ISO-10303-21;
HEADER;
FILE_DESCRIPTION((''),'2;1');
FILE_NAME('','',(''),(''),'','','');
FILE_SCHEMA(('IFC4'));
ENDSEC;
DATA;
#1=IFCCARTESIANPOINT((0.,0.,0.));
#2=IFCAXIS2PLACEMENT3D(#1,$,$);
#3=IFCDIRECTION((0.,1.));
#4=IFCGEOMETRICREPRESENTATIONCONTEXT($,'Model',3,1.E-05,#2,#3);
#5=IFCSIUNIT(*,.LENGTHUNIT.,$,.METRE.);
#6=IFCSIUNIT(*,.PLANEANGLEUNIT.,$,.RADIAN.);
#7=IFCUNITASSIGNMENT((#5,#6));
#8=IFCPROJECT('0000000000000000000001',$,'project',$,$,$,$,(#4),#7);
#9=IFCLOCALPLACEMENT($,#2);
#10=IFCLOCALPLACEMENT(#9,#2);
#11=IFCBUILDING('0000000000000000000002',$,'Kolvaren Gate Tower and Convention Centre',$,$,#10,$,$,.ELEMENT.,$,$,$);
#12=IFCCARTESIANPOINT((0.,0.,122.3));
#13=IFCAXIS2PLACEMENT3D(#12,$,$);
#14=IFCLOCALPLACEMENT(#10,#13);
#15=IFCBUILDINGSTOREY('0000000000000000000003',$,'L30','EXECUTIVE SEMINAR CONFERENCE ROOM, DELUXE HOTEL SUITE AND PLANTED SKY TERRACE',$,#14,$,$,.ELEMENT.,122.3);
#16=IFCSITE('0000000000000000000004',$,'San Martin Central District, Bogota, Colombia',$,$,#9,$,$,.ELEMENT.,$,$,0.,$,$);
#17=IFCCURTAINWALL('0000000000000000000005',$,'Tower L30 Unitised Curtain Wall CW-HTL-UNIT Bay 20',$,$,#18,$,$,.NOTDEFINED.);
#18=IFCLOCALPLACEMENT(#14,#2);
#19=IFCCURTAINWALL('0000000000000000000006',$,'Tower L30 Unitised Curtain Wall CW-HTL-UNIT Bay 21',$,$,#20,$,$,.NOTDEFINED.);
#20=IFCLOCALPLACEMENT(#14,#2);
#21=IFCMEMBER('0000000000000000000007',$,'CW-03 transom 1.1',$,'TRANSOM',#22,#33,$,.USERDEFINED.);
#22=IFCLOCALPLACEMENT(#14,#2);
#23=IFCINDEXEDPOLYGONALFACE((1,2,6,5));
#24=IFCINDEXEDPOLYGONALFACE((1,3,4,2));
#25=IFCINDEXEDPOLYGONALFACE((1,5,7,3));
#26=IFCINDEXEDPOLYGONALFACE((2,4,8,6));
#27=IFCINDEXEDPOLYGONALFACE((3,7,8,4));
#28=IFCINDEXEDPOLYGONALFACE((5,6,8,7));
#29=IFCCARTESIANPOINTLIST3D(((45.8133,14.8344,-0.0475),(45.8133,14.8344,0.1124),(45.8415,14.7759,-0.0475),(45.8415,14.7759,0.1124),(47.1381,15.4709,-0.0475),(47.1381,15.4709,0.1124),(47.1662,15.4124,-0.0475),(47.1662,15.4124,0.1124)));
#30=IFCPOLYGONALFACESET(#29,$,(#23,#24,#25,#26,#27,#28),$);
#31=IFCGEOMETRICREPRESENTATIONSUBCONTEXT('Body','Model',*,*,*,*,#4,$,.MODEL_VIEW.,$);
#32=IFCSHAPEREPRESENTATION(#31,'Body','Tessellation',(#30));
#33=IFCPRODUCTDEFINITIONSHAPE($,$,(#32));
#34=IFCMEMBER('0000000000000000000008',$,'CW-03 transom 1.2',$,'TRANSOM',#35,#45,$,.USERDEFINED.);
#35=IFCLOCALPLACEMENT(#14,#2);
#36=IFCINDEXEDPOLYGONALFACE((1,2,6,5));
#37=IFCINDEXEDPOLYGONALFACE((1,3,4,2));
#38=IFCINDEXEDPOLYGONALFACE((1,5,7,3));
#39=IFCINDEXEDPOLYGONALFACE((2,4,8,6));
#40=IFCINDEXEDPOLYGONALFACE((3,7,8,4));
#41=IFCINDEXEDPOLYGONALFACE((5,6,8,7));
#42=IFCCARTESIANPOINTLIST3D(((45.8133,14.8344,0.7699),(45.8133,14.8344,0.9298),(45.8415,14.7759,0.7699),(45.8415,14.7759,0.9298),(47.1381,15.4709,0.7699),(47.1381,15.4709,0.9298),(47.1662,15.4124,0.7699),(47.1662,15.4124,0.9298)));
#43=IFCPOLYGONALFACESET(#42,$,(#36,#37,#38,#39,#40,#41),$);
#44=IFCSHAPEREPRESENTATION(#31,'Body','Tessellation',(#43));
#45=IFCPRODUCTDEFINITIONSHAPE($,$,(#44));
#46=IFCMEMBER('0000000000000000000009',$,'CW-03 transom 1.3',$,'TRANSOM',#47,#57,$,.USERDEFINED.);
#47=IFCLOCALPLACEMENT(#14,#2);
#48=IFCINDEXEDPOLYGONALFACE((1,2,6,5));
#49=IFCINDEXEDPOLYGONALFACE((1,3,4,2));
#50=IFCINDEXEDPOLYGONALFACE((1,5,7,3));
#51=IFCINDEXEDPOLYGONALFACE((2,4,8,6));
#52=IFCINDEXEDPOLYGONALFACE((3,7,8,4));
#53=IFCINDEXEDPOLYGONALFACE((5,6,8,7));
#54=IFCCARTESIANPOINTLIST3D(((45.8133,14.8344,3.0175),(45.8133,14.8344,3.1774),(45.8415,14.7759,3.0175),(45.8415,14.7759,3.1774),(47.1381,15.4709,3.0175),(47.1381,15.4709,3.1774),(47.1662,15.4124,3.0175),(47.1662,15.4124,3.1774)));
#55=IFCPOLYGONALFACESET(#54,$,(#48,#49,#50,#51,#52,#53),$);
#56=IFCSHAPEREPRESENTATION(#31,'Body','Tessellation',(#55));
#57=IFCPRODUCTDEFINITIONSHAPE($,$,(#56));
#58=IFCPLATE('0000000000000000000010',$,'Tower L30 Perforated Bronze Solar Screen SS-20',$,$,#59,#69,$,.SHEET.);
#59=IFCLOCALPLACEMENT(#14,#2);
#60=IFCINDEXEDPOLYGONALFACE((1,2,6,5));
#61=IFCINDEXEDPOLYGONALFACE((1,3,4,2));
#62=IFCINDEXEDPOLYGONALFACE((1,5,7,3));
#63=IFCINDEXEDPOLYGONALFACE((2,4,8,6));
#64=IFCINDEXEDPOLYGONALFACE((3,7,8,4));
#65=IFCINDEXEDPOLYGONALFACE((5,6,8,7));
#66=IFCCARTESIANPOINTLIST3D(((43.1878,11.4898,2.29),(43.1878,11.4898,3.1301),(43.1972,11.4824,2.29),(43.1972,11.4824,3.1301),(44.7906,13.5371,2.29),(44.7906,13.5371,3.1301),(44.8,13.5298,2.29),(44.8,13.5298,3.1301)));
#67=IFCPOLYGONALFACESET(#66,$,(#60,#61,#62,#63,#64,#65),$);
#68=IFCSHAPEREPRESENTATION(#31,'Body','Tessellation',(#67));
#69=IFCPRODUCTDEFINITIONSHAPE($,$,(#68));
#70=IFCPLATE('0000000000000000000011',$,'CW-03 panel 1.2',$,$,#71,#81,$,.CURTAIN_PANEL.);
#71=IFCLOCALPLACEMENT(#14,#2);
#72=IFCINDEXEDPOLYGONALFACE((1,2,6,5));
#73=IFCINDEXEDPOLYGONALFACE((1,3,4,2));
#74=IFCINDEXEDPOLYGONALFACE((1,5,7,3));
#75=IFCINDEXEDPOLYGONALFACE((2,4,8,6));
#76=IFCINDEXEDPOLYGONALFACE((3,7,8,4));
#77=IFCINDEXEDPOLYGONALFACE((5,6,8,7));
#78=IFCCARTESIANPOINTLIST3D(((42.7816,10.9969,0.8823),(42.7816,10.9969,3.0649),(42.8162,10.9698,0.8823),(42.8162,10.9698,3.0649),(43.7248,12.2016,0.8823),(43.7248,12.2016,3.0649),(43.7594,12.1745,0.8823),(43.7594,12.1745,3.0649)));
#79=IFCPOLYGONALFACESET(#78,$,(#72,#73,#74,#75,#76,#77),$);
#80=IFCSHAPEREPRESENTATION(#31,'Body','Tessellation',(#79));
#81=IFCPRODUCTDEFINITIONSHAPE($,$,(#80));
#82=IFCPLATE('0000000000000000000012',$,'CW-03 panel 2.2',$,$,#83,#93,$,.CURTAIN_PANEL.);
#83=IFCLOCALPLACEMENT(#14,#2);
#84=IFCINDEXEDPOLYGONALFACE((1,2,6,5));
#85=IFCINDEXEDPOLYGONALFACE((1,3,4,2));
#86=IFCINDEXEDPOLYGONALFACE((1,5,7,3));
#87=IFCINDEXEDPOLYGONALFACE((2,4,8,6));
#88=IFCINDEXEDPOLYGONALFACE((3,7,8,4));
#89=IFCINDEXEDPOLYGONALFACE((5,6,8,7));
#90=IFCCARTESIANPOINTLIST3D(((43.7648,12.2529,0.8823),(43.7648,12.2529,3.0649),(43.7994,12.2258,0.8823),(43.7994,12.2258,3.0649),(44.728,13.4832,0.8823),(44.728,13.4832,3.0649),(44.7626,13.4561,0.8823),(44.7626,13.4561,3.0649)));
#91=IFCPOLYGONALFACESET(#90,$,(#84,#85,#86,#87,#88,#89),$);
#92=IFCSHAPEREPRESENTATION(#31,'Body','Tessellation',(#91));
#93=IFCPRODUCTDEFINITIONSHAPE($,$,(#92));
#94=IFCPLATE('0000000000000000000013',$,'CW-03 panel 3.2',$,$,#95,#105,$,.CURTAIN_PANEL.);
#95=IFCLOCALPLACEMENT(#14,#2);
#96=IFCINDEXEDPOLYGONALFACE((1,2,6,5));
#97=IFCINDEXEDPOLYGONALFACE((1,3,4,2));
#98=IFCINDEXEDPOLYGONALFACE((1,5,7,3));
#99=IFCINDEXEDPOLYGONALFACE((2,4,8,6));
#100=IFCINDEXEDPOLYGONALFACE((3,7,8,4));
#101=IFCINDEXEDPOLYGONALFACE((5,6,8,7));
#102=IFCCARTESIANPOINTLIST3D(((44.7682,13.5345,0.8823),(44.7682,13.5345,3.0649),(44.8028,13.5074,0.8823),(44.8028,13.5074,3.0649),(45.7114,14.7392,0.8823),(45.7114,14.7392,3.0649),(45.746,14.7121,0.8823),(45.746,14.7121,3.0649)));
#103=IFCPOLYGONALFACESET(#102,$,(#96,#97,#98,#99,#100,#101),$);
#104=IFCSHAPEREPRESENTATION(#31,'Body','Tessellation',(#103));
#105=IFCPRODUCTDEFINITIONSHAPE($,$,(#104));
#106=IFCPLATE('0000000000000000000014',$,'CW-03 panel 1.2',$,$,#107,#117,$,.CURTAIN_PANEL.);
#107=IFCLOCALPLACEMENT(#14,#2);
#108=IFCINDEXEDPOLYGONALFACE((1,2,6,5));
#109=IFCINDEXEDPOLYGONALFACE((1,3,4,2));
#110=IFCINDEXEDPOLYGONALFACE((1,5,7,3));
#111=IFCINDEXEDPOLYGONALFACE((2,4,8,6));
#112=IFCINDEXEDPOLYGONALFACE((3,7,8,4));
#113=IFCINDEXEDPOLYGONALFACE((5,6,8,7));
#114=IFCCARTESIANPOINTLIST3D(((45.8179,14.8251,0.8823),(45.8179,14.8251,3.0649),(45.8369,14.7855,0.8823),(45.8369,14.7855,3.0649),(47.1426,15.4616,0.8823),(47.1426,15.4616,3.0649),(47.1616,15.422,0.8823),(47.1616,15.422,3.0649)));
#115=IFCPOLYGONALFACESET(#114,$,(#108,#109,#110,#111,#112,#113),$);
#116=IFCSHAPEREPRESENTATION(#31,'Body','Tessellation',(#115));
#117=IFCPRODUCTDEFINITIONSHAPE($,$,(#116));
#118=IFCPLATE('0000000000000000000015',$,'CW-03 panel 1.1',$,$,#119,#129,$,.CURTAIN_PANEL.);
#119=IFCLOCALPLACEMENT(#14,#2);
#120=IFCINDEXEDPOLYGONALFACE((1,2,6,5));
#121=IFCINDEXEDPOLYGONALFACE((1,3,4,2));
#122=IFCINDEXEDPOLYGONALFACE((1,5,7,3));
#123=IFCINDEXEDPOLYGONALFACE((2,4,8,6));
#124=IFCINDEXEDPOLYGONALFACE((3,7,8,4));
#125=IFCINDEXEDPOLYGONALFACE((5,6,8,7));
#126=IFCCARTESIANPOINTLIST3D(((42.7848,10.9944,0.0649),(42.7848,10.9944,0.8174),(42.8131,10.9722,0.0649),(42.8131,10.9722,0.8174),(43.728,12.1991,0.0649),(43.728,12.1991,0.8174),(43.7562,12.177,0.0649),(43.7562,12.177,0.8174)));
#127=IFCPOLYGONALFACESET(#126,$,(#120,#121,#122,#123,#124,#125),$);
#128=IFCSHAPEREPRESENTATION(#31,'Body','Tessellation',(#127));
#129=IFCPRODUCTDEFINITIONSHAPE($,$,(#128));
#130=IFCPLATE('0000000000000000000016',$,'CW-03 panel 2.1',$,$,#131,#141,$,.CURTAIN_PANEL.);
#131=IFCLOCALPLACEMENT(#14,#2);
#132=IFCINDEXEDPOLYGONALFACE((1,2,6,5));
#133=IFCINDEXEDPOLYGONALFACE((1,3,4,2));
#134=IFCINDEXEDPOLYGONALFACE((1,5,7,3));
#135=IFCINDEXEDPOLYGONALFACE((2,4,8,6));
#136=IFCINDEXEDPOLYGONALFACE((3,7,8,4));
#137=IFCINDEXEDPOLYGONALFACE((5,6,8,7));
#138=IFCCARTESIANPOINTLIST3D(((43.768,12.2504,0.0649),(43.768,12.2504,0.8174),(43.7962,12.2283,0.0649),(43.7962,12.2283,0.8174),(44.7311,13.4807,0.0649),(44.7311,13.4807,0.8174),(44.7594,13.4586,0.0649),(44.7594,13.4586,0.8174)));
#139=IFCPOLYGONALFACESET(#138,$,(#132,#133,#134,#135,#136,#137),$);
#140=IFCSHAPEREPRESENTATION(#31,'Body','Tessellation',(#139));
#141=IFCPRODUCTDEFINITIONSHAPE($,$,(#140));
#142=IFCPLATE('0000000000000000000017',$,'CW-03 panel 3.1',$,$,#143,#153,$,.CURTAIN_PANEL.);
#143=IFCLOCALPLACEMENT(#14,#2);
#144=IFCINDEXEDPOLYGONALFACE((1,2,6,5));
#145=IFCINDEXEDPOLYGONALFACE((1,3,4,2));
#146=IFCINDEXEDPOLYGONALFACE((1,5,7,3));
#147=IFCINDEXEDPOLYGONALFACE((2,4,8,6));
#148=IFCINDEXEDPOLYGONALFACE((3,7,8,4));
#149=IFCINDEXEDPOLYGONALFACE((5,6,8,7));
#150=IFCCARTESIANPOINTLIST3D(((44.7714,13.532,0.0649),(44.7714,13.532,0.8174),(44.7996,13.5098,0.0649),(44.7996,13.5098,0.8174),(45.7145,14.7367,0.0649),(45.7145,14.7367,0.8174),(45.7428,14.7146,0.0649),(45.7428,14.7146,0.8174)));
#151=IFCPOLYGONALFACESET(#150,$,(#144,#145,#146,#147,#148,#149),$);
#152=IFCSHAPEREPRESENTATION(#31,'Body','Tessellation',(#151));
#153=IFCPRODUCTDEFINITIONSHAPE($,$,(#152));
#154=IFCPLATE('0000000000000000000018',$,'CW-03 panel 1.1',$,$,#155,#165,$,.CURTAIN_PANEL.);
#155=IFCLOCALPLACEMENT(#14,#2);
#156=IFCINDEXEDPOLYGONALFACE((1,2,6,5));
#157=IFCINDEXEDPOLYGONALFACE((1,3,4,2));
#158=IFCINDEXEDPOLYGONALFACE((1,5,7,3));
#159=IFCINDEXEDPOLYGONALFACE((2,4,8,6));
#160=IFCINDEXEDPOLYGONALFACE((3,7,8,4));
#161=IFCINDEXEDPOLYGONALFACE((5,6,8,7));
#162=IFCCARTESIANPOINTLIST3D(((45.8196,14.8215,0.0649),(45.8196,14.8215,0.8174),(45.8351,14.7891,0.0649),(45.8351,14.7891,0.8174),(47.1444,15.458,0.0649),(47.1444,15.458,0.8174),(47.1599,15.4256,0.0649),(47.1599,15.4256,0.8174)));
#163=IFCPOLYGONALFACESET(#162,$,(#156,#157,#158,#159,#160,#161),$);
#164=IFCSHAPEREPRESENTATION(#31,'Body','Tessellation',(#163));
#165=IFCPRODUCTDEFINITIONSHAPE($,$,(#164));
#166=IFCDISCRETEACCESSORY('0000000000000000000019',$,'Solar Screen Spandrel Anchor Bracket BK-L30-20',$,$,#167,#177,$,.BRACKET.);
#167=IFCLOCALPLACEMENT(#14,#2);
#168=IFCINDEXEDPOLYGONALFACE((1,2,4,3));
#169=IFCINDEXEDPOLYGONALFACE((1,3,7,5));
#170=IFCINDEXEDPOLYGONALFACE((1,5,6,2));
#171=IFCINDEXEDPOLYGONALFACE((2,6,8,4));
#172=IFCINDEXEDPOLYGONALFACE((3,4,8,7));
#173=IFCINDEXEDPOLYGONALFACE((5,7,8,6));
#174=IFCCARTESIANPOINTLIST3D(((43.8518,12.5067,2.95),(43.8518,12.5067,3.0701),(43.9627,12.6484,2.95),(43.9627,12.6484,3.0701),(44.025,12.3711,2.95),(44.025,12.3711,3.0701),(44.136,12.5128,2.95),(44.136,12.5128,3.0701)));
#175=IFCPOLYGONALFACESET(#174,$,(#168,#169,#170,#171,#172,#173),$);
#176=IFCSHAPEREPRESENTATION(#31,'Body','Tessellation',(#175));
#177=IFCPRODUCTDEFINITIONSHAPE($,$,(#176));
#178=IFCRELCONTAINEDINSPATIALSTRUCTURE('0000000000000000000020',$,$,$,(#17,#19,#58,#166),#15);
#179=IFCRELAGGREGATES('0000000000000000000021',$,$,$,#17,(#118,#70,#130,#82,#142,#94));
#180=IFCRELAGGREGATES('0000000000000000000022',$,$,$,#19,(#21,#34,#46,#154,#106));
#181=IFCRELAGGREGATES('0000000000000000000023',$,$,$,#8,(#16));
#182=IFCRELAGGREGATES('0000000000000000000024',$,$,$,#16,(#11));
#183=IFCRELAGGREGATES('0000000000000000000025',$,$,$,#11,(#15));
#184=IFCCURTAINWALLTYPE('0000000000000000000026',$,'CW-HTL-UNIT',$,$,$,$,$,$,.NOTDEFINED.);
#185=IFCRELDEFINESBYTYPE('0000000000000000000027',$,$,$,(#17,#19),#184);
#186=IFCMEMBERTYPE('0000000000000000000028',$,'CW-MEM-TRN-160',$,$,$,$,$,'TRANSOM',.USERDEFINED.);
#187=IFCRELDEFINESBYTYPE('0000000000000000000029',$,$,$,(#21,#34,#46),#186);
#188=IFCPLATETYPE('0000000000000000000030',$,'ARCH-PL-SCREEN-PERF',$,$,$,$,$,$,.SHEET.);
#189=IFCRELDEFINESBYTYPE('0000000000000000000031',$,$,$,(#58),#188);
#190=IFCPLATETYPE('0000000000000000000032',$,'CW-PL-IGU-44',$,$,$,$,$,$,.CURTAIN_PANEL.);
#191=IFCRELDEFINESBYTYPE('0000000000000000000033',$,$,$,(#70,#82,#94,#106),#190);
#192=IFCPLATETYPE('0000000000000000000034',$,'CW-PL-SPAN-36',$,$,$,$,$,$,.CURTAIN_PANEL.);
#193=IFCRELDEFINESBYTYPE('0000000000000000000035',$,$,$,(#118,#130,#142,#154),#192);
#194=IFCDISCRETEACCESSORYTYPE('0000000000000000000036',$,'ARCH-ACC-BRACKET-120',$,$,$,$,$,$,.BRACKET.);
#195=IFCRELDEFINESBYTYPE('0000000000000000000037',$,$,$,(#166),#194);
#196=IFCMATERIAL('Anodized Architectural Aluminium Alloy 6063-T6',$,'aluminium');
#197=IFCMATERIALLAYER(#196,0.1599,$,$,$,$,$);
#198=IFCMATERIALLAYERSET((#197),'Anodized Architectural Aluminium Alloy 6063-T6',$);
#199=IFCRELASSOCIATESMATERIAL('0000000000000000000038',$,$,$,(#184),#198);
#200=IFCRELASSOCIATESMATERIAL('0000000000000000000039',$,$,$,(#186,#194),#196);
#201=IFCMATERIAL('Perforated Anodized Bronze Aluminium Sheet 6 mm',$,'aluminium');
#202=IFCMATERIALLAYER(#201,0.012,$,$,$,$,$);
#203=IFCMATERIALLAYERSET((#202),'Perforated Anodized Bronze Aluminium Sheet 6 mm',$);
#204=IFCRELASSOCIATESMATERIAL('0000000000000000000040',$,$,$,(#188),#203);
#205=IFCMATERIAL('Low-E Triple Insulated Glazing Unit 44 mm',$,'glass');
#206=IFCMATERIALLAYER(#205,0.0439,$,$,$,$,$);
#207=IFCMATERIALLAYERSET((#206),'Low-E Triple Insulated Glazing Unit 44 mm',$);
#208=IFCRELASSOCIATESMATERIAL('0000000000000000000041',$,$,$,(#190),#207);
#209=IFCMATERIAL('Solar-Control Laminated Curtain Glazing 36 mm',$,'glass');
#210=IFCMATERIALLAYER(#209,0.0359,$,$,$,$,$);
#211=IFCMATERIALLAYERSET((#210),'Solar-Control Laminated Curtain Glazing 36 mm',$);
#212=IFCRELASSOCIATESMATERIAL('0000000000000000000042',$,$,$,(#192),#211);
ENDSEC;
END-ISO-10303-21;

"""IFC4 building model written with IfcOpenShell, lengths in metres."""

from ifc_helpers import new_model, si_unit, direction, frame, origin, origin_2d, place, context, subcontext, project, spatial, rectangle, extrude, material, layer, layer_set, material_profile, profile_set, type_object, element, aggregate, save


model = new_model("IFC4")

# Units and contexts
model_context = context("Model", 3, precision=1e-05, world=origin(), true_north=direction((0.0, 1.0)))
body_context = subcontext(model_context, "Body", "Model", "MODEL_VIEW")
ifc_project = project(units=[si_unit("LENGTHUNIT", "METRE"), si_unit("PLANEANGLEUNIT", "RADIAN")], contexts=[model_context])

# Site, building, storey
site_placement = place(None, origin())
site = spatial("IfcSite", under=ifc_project, at=site_placement, Name="San Martin Central District, Bogota, Colombia", CompositionType="ELEMENT", RefElevation=0.0)
building_placement = place(site_placement, origin())
building = spatial("IfcBuilding", under=site, at=building_placement, Name="Kolvaren Gate Tower and Convention Centre", CompositionType="ELEMENT")
storey_placement = place(building_placement, frame((0.0, 0.0, 122.3)))
storey = spatial("IfcBuildingStorey", under=building, at=storey_placement, Name="L30", Description="EXECUTIVE SEMINAR CONFERENCE ROOM, DELUXE HOTEL SUITE AND PLANTED SKY TERRACE", CompositionType="ELEMENT", Elevation=122.3)

# Curtain wall
ifc_material_1 = material(Name="Anodized Architectural Aluminium Alloy 6063-T6", Category="aluminium")
ifc_layer_1 = layer(ifc_material_1, 0.1599)
ifc_layer_set_1 = layer_set([ifc_layer_1], Name="Anodized Architectural Aluminium Alloy 6063-T6")
curtain_wall_type = type_object("IfcCurtainWallType", Name="CW-HTL-UNIT", PredefinedType="NOTDEFINED", material=ifc_layer_set_1)
curtain_wall_1_placement = place(storey_placement, origin())
curtain_wall_1 = element("IfcCurtainWall", 1, at=curtain_wall_1_placement, inside=storey, type_object=curtain_wall_type, Name="Tower L30 Unitised Curtain Wall CW-HTL-UNIT Bay 20", PredefinedType="NOTDEFINED")

# Curtain wall
curtain_wall_2_placement = place(storey_placement, origin())
curtain_wall_2 = element("IfcCurtainWall", 2, at=curtain_wall_2_placement, inside=storey, type_object=curtain_wall_type, Name="Tower L30 Unitised Curtain Wall CW-HTL-UNIT Bay 21", PredefinedType="NOTDEFINED")

# Members
ifc_material_profile_1 = material_profile(ifc_material_1, rectangle(XDim=0.0649, YDim=0.1599, at=origin_2d()), Name="CW-MEM-TRN-160")
ifc_profile_set_1 = profile_set([ifc_material_profile_1], Name="Anodized Architectural Aluminium Alloy 6063-T6")
member_type_1 = type_object("IfcMemberType", Name="CW-MEM-TRN-160", ElementType="TRANSOM", PredefinedType="USERDEFINED", material=ifc_profile_set_1)
member_1_placement = place(storey_placement, frame((45.8274, 14.8052, 0.0325), z_axis=(0.90136, 0.433071, 0.0), x_axis=(-0.433071, 0.90136, 0.0)))
member_1 = element("IfcMember", 3, at=member_1_placement, type_object=member_type_1, Name="CW-03 transom 1.1", ObjectType="TRANSOM", PredefinedType="USERDEFINED", context=body_context, shape_type="SweptSolid", body=[
    extrude(rectangle(XDim=0.0649, YDim=0.1599, at=origin_2d()), origin(), (0.0, 0.0, 1.0), 1.4697),
])
member_2_placement = place(storey_placement, frame((45.8274, 14.8052, 0.8499), z_axis=(0.90136, 0.433071, 0.0), x_axis=(-0.433071, 0.90136, 0.0)))
member_2 = element("IfcMember", 4, at=member_2_placement, type_object=member_type_1, Name="CW-03 transom 1.2", ObjectType="TRANSOM", PredefinedType="USERDEFINED", context=body_context, shape_type="SweptSolid", body=[
    extrude(rectangle(XDim=0.0649, YDim=0.1599, at=origin_2d()), origin(), (0.0, 0.0, 1.0), 1.4697),
])
member_3_placement = place(storey_placement, frame((45.8274, 14.8052, 3.0974), z_axis=(0.90136, 0.433071, 0.0), x_axis=(-0.433071, 0.90136, 0.0)))
member_3 = element("IfcMember", 5, at=member_3_placement, type_object=member_type_1, Name="CW-03 transom 1.3", ObjectType="TRANSOM", PredefinedType="USERDEFINED", context=body_context, shape_type="SweptSolid", body=[
    extrude(rectangle(XDim=0.0649, YDim=0.1599, at=origin_2d()), origin(), (0.0, 0.0, 1.0), 1.4697),
])

# Plates
ifc_material_2 = material(Name="Perforated Anodized Bronze Aluminium Sheet 6 mm", Category="aluminium")
ifc_layer_2 = layer(ifc_material_2, 0.012)
ifc_layer_set_2 = layer_set([ifc_layer_2], Name="Perforated Anodized Bronze Aluminium Sheet 6 mm")
plate_type_1 = type_object("IfcPlateType", Name="ARCH-PL-SCREEN-PERF", PredefinedType="SHEET", material=ifc_layer_set_2)
plate_1_placement = place(storey_placement, frame((43.9939, 12.5098, 2.29), z_axis=(0.0, 0.0, 1.0), x_axis=(0.616424, 0.787414, 0.0)))
element("IfcPlate", 6, at=plate_1_placement, inside=storey, type_object=plate_type_1, Name="Tower L30 Perforated Bronze Solar Screen SS-20", PredefinedType="SHEET", context=body_context, shape_type="SweptSolid", body=[
    extrude(rectangle(XDim=2.6001, YDim=0.012, at=origin_2d()), origin(), (0.0, 0.0, 1.0), 0.8401),
])
ifc_material_3 = material(Name="Low-E Triple Insulated Glazing Unit 44 mm", Category="glass")
ifc_layer_3 = layer(ifc_material_3, 0.0439)
ifc_layer_set_3 = layer_set([ifc_layer_3], Name="Low-E Triple Insulated Glazing Unit 44 mm")
plate_type_2 = type_object("IfcPlateType", Name="CW-PL-IGU-44", PredefinedType="CURTAIN_PANEL", material=ifc_layer_set_3)
plate_2_placement = place(storey_placement, frame((43.2705, 11.5857, 0.8823), z_axis=(0.0, 0.0, 1.0), x_axis=(0.616426, 0.787413, 0.0)))
plate_2 = element("IfcPlate", 7, at=plate_2_placement, type_object=plate_type_2, Name="CW-03 panel 1.2", PredefinedType="CURTAIN_PANEL", context=body_context, shape_type="SweptSolid", body=[
    extrude(rectangle(XDim=1.53, YDim=0.0439, at=origin_2d()), origin(), (0.0, 0.0, 1.0), 2.1826),
])
plate_3_placement = place(storey_placement, frame((44.2637, 12.8545, 0.8823), z_axis=(0.0, 0.0, 1.0), x_axis=(0.616426, 0.787413, 0.0)))
plate_3 = element("IfcPlate", 8, at=plate_3_placement, type_object=plate_type_2, Name="CW-03 panel 2.2", PredefinedType="CURTAIN_PANEL", context=body_context, shape_type="SweptSolid", body=[
    extrude(rectangle(XDim=1.5625, YDim=0.0439, at=origin_2d()), origin(), (0.0, 0.0, 1.0), 2.1826),
])
plate_4_placement = place(storey_placement, frame((45.2571, 14.1233, 0.8823), z_axis=(0.0, 0.0, 1.0), x_axis=(0.616426, 0.787413, 0.0)))
plate_4 = element("IfcPlate", 9, at=plate_4_placement, type_object=plate_type_2, Name="CW-03 panel 3.2", PredefinedType="CURTAIN_PANEL", context=body_context, shape_type="SweptSolid", body=[
    extrude(rectangle(XDim=1.53, YDim=0.0439, at=origin_2d()), origin(), (0.0, 0.0, 1.0), 2.1826),
])
plate_5_placement = place(storey_placement, frame((46.4897, 15.1235, 0.8823), z_axis=(0.0, 0.0, 1.0), x_axis=(0.90136, 0.433071, 0.0)))
plate_5 = element("IfcPlate", 10, at=plate_5_placement, type_object=plate_type_2, Name="CW-03 panel 1.2", PredefinedType="CURTAIN_PANEL", context=body_context, shape_type="SweptSolid", body=[
    extrude(rectangle(XDim=1.4697, YDim=0.0439, at=origin_2d()), origin(), (0.0, 0.0, 1.0), 2.1826),
])
ifc_material_4 = material(Name="Solar-Control Laminated Curtain Glazing 36 mm", Category="glass")
ifc_layer_4 = layer(ifc_material_4, 0.0359)
ifc_layer_set_4 = layer_set([ifc_layer_4], Name="Solar-Control Laminated Curtain Glazing 36 mm")
plate_type_3 = type_object("IfcPlateType", Name="CW-PL-SPAN-36", PredefinedType="CURTAIN_PANEL", material=ifc_layer_set_4)
plate_6_placement = place(storey_placement, frame((43.2705, 11.5857, 0.0649), z_axis=(0.0, 0.0, 1.0), x_axis=(0.616426, 0.787413, 0.0)))
plate_6 = element("IfcPlate", 11, at=plate_6_placement, type_object=plate_type_3, Name="CW-03 panel 1.1", PredefinedType="CURTAIN_PANEL", context=body_context, shape_type="SweptSolid", body=[
    extrude(rectangle(XDim=1.53, YDim=0.0359, at=origin_2d()), origin(), (0.0, 0.0, 1.0), 0.7524),
])
plate_7_placement = place(storey_placement, frame((44.2637, 12.8545, 0.0649), z_axis=(0.0, 0.0, 1.0), x_axis=(0.616426, 0.787413, 0.0)))
plate_7 = element("IfcPlate", 12, at=plate_7_placement, type_object=plate_type_3, Name="CW-03 panel 2.1", PredefinedType="CURTAIN_PANEL", context=body_context, shape_type="SweptSolid", body=[
    extrude(rectangle(XDim=1.5625, YDim=0.0359, at=origin_2d()), origin(), (0.0, 0.0, 1.0), 0.7524),
])
plate_8_placement = place(storey_placement, frame((45.2571, 14.1233, 0.0649), z_axis=(0.0, 0.0, 1.0), x_axis=(0.616426, 0.787413, 0.0)))
plate_8 = element("IfcPlate", 13, at=plate_8_placement, type_object=plate_type_3, Name="CW-03 panel 3.1", PredefinedType="CURTAIN_PANEL", context=body_context, shape_type="SweptSolid", body=[
    extrude(rectangle(XDim=1.53, YDim=0.0359, at=origin_2d()), origin(), (0.0, 0.0, 1.0), 0.7524),
])
aggregate(curtain_wall_1, [plate_6, plate_2, plate_7, plate_3, plate_8, plate_4])
plate_9_placement = place(storey_placement, frame((46.4897, 15.1235, 0.0649), z_axis=(0.0, 0.0, 1.0), x_axis=(0.90136, 0.433071, 0.0)))
plate_9 = element("IfcPlate", 14, at=plate_9_placement, type_object=plate_type_3, Name="CW-03 panel 1.1", PredefinedType="CURTAIN_PANEL", context=body_context, shape_type="SweptSolid", body=[
    extrude(rectangle(XDim=1.4697, YDim=0.0359, at=origin_2d()), origin(), (0.0, 0.0, 1.0), 0.7524),
])
aggregate(curtain_wall_2, [member_1, member_2, member_3, plate_9, plate_5])

# Discrete accessory
discrete_accessory_type = type_object("IfcDiscreteAccessoryType", Name="ARCH-ACC-BRACKET-120", PredefinedType="BRACKET", material=ifc_material_1)
discrete_accessory_placement = place(storey_placement, frame((43.9939, 12.5098, 2.95), z_axis=(0.0, 0.0, 1.0), x_axis=(0.616424, 0.787414, 0.0)))
element("IfcDiscreteAccessory", 15, at=discrete_accessory_placement, inside=storey, type_object=discrete_accessory_type, Name="Solar Screen Spandrel Anchor Bracket BK-L30-20", PredefinedType="BRACKET", context=body_context, shape_type="SweptSolid", body=[
    extrude(rectangle(XDim=0.1799, YDim=0.22, at=origin_2d()), origin(), (0.0, 0.0, 1.0), 0.1201),
])

save(model, "model.ifc")
